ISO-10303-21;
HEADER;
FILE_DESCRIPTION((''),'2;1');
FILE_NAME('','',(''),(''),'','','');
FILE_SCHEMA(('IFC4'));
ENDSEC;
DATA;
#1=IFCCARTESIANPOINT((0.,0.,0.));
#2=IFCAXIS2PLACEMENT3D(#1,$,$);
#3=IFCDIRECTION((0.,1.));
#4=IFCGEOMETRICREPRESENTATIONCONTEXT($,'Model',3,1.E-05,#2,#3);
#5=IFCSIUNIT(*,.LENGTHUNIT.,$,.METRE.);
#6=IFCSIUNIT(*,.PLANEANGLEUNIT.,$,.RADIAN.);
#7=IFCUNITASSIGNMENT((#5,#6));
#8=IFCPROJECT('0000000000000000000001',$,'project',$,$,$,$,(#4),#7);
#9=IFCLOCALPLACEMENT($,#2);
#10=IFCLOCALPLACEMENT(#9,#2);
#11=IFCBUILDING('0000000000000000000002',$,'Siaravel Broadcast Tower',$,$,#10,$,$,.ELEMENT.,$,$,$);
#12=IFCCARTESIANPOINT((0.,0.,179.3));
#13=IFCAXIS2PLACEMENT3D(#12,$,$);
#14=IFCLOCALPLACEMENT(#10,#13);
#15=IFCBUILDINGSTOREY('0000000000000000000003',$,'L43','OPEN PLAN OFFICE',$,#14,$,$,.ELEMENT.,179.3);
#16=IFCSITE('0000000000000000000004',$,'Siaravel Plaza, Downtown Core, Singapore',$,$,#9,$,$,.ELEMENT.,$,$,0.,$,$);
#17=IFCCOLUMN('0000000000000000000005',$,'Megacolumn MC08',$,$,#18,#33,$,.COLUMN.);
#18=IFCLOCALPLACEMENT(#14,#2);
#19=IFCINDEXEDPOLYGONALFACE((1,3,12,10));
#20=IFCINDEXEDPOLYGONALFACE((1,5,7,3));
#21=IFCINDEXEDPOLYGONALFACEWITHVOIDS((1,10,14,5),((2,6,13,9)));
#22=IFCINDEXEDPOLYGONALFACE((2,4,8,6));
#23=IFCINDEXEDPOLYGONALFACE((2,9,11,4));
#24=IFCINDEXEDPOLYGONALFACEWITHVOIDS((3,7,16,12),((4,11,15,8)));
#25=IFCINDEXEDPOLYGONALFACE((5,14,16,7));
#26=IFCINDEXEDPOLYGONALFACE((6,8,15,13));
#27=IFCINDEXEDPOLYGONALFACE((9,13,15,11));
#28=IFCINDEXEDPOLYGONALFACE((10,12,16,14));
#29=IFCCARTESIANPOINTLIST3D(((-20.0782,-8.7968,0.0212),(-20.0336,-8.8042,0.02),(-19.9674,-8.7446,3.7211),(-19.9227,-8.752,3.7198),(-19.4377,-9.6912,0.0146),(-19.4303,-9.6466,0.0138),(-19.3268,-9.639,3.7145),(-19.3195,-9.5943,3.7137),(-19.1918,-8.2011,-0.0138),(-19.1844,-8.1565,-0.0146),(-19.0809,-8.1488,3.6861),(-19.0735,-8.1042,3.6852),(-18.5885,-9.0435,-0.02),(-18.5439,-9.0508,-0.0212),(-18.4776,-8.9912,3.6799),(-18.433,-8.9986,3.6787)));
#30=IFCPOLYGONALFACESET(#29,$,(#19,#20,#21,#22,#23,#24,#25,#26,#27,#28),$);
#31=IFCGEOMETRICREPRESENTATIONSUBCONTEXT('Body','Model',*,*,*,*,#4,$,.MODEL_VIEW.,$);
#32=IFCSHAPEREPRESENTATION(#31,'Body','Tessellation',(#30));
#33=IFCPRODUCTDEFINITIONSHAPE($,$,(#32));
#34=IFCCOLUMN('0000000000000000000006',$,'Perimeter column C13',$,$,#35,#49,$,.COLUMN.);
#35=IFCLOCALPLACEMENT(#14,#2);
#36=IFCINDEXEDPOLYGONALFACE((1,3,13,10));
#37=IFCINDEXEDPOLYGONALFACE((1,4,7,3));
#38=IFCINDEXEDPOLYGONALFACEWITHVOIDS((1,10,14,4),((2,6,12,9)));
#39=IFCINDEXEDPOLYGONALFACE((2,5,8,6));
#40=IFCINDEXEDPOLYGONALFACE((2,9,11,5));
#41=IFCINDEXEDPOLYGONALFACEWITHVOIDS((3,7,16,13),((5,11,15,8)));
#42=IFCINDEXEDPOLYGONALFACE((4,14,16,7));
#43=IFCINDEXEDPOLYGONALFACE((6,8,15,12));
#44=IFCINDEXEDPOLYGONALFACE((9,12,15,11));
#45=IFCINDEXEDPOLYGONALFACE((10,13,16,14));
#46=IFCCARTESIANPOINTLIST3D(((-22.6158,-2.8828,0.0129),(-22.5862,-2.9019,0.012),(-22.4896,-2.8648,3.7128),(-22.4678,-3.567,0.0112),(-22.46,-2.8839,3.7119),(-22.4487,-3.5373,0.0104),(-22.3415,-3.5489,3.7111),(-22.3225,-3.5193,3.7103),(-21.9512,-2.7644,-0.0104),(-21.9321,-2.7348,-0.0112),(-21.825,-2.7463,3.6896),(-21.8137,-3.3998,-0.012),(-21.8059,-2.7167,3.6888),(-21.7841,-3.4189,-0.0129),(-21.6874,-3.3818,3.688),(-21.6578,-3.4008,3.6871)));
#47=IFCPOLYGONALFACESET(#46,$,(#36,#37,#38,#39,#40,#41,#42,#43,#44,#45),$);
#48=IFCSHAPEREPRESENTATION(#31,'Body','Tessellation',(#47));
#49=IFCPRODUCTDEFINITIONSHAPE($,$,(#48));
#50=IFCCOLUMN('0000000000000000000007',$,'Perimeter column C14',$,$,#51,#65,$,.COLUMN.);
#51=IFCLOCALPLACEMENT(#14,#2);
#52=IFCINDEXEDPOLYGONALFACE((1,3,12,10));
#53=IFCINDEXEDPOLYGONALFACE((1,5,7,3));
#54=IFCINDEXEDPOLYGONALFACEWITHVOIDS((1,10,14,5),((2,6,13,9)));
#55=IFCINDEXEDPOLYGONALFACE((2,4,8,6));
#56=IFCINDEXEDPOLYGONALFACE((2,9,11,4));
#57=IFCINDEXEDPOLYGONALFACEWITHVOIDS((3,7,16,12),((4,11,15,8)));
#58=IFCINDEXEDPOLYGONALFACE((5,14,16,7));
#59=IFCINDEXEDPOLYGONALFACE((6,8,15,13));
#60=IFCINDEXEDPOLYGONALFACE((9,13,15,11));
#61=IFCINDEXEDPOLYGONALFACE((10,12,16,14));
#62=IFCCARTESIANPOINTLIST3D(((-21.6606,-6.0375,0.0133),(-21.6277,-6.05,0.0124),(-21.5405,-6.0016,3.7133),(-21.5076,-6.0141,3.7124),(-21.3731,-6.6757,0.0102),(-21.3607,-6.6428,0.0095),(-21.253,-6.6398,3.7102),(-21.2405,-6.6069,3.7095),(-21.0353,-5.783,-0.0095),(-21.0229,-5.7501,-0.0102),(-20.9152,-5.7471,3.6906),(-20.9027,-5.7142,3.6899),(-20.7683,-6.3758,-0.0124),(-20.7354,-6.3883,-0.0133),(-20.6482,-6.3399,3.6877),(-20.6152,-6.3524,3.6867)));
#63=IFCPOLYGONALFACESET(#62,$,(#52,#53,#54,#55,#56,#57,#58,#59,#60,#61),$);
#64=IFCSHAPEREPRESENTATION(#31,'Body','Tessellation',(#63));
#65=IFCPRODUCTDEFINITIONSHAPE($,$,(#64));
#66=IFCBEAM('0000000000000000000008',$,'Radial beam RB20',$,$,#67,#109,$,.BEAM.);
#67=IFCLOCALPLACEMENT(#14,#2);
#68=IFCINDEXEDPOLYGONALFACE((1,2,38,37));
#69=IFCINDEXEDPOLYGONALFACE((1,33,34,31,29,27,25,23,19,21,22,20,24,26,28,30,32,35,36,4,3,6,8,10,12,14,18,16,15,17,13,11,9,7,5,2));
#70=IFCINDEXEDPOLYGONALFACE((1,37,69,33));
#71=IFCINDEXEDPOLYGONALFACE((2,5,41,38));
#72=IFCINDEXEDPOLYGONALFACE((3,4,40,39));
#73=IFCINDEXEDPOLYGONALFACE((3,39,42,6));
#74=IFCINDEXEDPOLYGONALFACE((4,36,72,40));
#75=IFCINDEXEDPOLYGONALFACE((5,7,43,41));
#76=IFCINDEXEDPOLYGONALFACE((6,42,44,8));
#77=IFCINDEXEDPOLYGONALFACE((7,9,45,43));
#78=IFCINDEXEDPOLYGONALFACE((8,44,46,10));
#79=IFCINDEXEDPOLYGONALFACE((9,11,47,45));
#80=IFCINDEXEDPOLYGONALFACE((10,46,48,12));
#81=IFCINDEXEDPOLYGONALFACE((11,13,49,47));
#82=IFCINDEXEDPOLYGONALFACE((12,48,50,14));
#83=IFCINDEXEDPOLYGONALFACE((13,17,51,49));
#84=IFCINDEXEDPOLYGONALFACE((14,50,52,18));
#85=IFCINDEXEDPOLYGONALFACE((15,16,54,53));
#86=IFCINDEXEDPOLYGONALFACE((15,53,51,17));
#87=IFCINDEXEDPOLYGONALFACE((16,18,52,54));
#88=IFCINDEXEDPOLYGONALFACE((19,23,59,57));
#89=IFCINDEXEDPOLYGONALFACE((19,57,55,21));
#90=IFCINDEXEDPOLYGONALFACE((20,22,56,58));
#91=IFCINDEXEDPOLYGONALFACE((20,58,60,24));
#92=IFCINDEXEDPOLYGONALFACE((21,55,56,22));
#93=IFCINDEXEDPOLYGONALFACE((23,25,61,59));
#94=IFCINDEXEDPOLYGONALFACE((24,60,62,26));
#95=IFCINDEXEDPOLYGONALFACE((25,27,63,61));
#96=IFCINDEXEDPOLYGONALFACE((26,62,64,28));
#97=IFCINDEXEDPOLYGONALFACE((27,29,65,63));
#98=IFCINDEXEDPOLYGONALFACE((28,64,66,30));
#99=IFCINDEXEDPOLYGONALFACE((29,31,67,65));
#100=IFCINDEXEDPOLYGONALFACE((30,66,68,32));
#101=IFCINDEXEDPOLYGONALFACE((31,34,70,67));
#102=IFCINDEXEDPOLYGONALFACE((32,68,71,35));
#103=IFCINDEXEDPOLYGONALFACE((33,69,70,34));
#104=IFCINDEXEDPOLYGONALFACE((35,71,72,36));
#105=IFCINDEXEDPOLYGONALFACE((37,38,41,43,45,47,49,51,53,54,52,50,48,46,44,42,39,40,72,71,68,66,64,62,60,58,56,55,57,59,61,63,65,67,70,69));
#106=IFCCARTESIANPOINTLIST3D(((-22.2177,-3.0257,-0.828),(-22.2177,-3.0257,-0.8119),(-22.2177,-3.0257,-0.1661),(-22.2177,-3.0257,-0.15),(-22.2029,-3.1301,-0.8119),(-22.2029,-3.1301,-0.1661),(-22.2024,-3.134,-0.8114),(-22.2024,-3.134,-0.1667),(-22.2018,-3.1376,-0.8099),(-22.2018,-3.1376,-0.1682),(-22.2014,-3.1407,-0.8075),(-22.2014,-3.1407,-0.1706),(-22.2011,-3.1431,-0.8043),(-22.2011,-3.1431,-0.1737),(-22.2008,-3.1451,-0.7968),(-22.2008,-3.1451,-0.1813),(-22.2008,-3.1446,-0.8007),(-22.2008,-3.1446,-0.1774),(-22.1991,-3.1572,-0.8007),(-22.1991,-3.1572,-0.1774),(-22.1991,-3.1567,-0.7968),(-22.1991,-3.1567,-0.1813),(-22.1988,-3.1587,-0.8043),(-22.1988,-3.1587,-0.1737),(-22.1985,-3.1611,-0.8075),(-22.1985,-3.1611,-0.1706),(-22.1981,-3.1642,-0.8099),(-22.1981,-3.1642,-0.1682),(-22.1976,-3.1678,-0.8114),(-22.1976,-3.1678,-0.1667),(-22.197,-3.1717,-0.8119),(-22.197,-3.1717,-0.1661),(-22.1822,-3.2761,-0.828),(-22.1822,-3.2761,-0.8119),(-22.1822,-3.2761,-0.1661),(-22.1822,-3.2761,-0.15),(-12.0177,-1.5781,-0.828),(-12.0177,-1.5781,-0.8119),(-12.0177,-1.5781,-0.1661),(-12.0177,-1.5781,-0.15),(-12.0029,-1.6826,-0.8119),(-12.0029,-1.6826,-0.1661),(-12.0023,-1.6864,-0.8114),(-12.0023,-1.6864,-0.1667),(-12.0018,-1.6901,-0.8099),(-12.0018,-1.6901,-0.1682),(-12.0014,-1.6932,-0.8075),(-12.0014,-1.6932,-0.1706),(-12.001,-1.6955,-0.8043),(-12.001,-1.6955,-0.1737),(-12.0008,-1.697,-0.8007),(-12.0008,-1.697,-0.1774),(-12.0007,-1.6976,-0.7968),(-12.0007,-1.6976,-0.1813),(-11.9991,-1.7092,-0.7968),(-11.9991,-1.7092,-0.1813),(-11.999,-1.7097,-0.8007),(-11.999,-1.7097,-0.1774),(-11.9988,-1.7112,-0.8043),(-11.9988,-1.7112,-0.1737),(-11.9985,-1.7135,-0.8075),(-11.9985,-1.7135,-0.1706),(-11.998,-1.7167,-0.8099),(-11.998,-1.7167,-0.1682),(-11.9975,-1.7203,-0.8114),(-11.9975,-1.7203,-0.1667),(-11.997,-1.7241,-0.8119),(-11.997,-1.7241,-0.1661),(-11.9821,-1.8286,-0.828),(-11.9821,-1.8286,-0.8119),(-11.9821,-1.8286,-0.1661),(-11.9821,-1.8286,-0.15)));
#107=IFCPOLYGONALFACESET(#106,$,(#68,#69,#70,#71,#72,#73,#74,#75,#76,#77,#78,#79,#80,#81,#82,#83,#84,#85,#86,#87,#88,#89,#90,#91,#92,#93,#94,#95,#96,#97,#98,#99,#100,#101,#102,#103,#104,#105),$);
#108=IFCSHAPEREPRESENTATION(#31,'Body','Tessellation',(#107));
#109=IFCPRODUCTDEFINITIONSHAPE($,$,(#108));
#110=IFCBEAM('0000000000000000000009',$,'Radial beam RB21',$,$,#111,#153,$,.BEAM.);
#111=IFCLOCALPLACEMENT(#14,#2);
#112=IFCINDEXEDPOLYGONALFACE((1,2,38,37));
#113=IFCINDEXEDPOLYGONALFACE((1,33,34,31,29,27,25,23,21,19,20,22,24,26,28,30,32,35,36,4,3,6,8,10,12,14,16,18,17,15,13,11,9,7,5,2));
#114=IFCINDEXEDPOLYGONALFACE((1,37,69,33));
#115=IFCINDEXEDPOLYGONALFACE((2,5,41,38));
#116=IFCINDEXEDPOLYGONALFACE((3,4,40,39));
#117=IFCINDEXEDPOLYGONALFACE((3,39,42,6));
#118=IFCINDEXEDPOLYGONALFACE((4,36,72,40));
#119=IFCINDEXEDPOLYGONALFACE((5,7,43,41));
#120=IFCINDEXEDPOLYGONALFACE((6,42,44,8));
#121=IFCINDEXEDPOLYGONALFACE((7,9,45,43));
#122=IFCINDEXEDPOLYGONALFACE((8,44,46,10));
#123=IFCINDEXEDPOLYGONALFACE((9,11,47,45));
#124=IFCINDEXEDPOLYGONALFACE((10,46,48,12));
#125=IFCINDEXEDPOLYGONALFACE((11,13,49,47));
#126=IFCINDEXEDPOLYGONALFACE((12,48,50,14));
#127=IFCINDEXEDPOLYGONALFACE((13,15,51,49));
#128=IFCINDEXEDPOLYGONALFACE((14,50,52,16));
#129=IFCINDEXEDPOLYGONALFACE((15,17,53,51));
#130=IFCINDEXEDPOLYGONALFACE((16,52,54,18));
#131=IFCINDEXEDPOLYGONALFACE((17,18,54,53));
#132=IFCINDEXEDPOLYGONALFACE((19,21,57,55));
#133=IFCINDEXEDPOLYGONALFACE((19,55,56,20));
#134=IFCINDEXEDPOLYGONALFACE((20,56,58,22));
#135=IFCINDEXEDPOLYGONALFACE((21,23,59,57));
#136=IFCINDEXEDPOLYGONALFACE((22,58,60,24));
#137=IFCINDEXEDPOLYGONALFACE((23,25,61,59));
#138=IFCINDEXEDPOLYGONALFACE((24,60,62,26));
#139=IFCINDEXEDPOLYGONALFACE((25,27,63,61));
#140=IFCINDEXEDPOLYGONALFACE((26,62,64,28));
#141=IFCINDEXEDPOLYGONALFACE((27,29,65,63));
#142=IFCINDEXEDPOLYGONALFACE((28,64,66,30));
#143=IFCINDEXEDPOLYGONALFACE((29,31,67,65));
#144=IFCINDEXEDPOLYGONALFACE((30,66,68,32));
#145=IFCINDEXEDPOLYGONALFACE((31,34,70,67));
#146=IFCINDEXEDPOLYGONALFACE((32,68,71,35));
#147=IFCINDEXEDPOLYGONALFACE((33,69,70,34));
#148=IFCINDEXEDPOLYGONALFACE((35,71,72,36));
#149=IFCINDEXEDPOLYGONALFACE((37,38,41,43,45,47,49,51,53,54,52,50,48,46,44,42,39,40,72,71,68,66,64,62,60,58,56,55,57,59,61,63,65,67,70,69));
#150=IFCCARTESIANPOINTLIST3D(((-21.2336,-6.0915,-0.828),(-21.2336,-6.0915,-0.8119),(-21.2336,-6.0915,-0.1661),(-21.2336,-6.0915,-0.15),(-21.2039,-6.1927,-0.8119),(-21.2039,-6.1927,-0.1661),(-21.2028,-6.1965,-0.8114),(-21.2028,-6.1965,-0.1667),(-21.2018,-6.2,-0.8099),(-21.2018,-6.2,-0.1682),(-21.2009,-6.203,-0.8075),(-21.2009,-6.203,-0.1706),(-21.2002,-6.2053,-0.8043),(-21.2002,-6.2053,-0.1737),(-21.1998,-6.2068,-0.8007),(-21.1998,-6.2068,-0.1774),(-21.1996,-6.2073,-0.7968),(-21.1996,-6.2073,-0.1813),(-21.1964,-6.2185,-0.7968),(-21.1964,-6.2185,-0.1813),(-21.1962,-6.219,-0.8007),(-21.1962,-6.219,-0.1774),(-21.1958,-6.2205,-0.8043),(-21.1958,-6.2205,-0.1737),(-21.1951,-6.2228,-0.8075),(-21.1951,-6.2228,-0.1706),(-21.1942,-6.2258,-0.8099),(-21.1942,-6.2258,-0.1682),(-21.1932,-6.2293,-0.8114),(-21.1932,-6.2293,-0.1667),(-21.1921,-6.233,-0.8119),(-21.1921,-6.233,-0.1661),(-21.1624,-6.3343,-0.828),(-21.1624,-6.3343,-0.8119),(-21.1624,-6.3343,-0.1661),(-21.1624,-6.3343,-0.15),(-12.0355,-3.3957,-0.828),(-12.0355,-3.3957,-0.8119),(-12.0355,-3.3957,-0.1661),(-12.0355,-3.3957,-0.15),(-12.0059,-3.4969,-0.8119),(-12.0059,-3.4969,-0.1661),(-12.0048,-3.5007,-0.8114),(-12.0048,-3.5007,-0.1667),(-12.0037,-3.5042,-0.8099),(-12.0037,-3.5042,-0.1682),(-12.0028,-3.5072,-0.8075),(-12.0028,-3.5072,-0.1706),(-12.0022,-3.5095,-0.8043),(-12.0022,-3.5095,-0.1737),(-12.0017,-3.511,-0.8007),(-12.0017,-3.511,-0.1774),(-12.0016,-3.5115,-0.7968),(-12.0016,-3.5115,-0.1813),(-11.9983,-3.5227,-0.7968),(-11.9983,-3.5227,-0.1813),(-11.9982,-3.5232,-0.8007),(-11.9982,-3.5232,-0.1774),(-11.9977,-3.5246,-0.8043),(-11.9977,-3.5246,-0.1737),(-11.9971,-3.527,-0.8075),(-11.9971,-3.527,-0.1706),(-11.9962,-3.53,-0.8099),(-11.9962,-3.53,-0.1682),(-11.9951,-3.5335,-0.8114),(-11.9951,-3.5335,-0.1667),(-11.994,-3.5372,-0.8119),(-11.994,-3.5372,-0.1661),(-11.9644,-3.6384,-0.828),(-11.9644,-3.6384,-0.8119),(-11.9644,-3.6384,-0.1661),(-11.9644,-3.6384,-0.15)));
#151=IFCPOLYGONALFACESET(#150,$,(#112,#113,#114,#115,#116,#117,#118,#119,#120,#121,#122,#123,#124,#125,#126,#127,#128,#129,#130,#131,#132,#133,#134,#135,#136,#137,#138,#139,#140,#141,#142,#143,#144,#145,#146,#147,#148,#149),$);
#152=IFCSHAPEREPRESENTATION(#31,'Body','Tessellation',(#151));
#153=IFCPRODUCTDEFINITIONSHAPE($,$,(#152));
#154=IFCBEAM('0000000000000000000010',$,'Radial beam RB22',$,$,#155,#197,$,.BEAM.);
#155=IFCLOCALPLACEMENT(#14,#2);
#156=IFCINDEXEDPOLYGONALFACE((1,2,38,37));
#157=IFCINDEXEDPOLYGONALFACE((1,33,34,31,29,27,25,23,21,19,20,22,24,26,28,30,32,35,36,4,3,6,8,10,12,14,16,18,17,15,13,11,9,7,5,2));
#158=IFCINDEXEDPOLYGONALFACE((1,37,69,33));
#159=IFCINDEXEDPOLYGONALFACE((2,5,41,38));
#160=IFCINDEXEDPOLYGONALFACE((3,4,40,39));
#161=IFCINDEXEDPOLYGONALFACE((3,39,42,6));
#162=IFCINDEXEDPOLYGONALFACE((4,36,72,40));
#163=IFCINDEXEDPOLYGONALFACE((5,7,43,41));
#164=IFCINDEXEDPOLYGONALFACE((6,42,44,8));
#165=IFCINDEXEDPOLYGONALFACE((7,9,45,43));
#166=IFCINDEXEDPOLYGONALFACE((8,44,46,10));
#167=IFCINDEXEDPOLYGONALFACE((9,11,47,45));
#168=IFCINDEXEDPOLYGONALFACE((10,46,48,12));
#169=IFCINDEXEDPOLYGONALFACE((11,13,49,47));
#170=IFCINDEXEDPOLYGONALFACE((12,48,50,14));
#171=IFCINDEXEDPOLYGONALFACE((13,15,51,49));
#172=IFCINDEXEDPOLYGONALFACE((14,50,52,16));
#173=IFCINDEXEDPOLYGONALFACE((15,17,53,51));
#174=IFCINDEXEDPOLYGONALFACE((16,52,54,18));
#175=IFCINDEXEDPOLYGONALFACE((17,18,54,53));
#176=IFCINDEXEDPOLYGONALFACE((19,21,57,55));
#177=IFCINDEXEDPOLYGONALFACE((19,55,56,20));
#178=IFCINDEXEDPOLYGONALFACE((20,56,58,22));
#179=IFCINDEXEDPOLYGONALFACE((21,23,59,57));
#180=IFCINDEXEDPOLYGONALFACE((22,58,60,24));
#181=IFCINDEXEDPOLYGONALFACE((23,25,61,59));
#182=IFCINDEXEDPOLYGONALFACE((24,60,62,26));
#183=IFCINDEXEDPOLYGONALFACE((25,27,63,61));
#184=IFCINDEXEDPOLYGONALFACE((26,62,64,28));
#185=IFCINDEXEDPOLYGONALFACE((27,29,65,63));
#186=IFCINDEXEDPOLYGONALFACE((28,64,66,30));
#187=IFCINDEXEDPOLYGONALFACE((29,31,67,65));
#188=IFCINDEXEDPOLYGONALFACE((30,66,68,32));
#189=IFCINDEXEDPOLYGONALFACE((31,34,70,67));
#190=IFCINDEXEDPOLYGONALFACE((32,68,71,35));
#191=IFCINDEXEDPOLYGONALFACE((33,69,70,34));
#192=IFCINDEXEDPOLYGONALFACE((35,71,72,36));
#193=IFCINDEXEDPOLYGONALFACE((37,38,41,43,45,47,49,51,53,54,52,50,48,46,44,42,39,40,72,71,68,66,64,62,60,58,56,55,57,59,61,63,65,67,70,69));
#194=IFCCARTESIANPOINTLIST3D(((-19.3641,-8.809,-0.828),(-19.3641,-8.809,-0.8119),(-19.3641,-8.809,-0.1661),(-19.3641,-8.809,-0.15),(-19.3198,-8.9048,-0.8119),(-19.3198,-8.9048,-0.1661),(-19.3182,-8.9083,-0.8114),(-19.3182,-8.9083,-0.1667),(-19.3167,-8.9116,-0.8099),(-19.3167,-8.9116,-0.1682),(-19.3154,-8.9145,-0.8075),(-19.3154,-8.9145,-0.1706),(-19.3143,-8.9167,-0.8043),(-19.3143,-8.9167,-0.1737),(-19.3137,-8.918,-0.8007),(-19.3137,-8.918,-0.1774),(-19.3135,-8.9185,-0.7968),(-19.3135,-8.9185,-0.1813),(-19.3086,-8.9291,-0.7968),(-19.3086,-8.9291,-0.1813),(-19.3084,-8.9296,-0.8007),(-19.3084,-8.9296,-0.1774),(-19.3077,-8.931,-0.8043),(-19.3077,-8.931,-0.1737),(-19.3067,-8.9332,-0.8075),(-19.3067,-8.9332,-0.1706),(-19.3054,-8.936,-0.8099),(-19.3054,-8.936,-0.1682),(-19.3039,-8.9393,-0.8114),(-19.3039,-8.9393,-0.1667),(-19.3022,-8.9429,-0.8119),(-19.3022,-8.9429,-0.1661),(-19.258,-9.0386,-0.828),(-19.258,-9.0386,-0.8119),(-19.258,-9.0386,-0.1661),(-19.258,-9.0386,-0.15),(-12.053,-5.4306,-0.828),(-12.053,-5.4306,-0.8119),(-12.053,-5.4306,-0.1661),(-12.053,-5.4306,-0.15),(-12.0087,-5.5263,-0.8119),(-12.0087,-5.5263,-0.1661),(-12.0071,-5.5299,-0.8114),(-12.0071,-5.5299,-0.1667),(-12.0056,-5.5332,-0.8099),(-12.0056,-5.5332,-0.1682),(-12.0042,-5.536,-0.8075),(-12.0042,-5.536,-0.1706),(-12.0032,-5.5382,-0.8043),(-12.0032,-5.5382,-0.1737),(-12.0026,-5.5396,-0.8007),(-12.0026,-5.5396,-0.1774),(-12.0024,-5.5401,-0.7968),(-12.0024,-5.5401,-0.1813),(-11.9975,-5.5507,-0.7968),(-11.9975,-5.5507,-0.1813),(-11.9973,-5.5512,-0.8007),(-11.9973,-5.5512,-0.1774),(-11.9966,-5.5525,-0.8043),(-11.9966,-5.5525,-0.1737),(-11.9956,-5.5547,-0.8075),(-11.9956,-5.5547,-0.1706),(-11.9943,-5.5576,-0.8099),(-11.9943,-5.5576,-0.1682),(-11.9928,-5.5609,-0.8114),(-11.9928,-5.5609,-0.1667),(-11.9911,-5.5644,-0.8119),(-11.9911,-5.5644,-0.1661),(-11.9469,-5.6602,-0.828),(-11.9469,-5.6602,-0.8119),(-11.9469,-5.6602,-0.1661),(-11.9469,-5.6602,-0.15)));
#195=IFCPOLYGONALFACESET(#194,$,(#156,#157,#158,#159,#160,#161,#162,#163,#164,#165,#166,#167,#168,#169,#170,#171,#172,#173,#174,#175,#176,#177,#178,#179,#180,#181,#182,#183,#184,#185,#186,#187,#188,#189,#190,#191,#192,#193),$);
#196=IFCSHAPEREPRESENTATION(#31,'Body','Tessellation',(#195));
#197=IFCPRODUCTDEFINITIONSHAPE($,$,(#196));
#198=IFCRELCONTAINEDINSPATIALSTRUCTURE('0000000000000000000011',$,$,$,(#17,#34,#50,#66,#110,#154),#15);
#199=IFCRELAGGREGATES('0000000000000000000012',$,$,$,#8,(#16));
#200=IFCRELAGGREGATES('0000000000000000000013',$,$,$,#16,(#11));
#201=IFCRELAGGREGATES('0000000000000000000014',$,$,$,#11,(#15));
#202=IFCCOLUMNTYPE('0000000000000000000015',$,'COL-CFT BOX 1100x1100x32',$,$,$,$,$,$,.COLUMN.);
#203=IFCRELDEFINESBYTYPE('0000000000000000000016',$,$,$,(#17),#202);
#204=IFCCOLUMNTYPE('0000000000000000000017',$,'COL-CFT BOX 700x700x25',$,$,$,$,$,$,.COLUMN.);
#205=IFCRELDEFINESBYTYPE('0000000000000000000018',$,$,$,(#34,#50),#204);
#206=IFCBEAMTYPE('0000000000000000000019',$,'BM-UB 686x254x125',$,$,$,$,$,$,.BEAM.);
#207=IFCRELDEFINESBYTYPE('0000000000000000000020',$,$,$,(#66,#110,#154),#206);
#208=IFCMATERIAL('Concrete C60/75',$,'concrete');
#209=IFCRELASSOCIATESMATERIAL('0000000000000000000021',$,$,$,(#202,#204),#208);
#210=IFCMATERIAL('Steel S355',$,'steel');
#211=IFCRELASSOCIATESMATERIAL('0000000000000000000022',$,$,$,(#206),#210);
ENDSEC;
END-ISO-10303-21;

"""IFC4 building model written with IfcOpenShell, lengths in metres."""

from ifc_helpers import new_model, si_unit, direction, frame, origin, origin_2d, place, context, subcontext, project, spatial, hollow_rectangle, i_section, extrude, material, material_profile, profile_set, type_object, element, save


model = new_model("IFC4")

# Units and contexts
model_context = context("Model", 3, precision=1e-05, world=origin(), true_north=direction((0.0, 1.0)))
body_context = subcontext(model_context, "Body", "Model", "MODEL_VIEW")
ifc_project = project(units=[si_unit("LENGTHUNIT", "METRE"), si_unit("PLANEANGLEUNIT", "RADIAN")], contexts=[model_context])

# Site, building, storey
site_placement = place(None, origin())
site = spatial("IfcSite", under=ifc_project, at=site_placement, Name="Siaravel Plaza, Downtown Core, Singapore", CompositionType="ELEMENT", RefElevation=0.0)
building_placement = place(site_placement, origin())
building = spatial("IfcBuilding", under=site, at=building_placement, Name="Siaravel Broadcast Tower", CompositionType="ELEMENT")
storey_placement = place(building_placement, frame((0.0, 0.0, 179.3)))
storey = spatial("IfcBuildingStorey", under=building, at=storey_placement, Name="L43", Description="OPEN PLAN OFFICE", CompositionType="ELEMENT", Elevation=179.3)

# Columns
ifc_material_1 = material(Name="Concrete C60/75", Category="concrete")
ifc_material_profile_1 = material_profile(ifc_material_1, hollow_rectangle(XDim=1.1001, YDim=1.1001, WallThickness=0.032, at=origin_2d()))
ifc_profile_set_1 = profile_set([ifc_material_profile_1], Name="Concrete C60/75")
column_type_1 = type_object("IfcColumnType", Name="COL-CFT BOX 1100x1100x32", PredefinedType="COLUMN", material=ifc_profile_set_1)
column_placement = place(storey_placement, frame((-19.311, -8.9238, 0.0), z_axis=(0.029941, 0.014113, 0.999452), x_axis=(-0.582226, 0.813005, 0.005962)))
element("IfcColumn", 1, at=column_placement, inside=storey, type_object=column_type_1, Name="Megacolumn MC08", PredefinedType="COLUMN", context=body_context, shape_type="SweptSolid", body=[
    extrude(hollow_rectangle(XDim=1.1001, YDim=1.1001, WallThickness=0.032, at=origin_2d()), origin(), (0.0, 0.0, 1.0), 3.7019),
])
ifc_material_profile_2 = material_profile(ifc_material_1, hollow_rectangle(XDim=0.7, YDim=0.7, WallThickness=0.0249, at=origin_2d()))
ifc_profile_set_2 = profile_set([ifc_material_profile_2], Name="Concrete C60/75")
column_type_2 = type_object("IfcColumnType", Name="COL-CFT BOX 700x700x25", PredefinedType="COLUMN", material=ifc_profile_set_2)
for number, where, z_axis, x_axis, name in (
    (2, (-22.2, -3.1509, 0.0), (0.034094, 0.00488, 0.999407), (-0.21155, 0.977364, 0.002444), "Perimeter column C13"),
    (3, (-21.198, -6.2129, 0.0), (0.032446, 0.009694, 0.999426), (-0.410759, 0.911733, 0.004492), "Perimeter column C14"),
):
    element("IfcColumn", number, at=place(storey_placement, frame(where, z_axis=z_axis, x_axis=x_axis)), inside=storey, type_object=column_type_2, Name=name, PredefinedType="COLUMN", context=body_context, shape_type="SweptSolid", body=[
        extrude(hollow_rectangle(XDim=0.7, YDim=0.7, WallThickness=0.0249, at=origin_2d()), origin(), (0.0, 0.0, 1.0), 3.7021),
    ])

# Beams
ifc_material_2 = material(Name="Steel S355", Category="steel")
ifc_material_profile_3 = material_profile(ifc_material_2, i_section(OverallWidth=0.2529, OverallDepth=0.678, WebThickness=0.0117, FlangeThickness=0.0161, FilletRadius=0.0151, at=origin_2d()))
ifc_profile_set_3 = profile_set([ifc_material_profile_3], Name="Steel S355")
beam_type = type_object("IfcBeamType", Name="BM-UB 686x254x125", PredefinedType="BEAM", material=ifc_profile_set_3)
beam_1_placement = place(storey_placement, frame((-22.2, -3.1509, -0.489), z_axis=(0.99008, 0.140506, 0.0), x_axis=(-0.140506, 0.99008, 0.0)))
element("IfcBeam", 4, at=beam_1_placement, inside=storey, type_object=beam_type, Name="Radial beam RB20", PredefinedType="BEAM", context=body_context, shape_type="SweptSolid", body=[
    extrude(i_section(OverallWidth=0.2529, OverallDepth=0.678, WebThickness=0.0117, FlangeThickness=0.0161, FilletRadius=0.0151, at=origin_2d()), origin(), (0.0, 0.0, 1.0), 10.3022),
])
beam_2_placement = place(storey_placement, frame((-21.198, -6.2129, -0.489), z_axis=(0.959633, 0.281255, 0.0), x_axis=(-0.281255, 0.959633, 0.0)))
element("IfcBeam", 5, at=beam_2_placement, inside=storey, type_object=beam_type, Name="Radial beam RB21", PredefinedType="BEAM", context=body_context, shape_type="SweptSolid", body=[
    extrude(i_section(OverallWidth=0.2529, OverallDepth=0.678, WebThickness=0.0117, FlangeThickness=0.0161, FilletRadius=0.0151, at=origin_2d()), origin(), (0.0, 0.0, 1.0), 9.585),
])
beam_3_placement = place(storey_placement, frame((-19.311, -8.9238, -0.489), z_axis=(0.907766, 0.419477, 0.0), x_axis=(-0.419477, 0.907766, 0.0)))
element("IfcBeam", 6, at=beam_3_placement, inside=storey, type_object=beam_type, Name="Radial beam RB22", PredefinedType="BEAM", context=body_context, shape_type="SweptSolid", body=[
    extrude(i_section(OverallWidth=0.2529, OverallDepth=0.678, WebThickness=0.0117, FlangeThickness=0.0161, FilletRadius=0.0151, at=origin_2d()), origin(), (0.0, 0.0, 1.0), 8.054),
])

save(model, "model.ifc")
